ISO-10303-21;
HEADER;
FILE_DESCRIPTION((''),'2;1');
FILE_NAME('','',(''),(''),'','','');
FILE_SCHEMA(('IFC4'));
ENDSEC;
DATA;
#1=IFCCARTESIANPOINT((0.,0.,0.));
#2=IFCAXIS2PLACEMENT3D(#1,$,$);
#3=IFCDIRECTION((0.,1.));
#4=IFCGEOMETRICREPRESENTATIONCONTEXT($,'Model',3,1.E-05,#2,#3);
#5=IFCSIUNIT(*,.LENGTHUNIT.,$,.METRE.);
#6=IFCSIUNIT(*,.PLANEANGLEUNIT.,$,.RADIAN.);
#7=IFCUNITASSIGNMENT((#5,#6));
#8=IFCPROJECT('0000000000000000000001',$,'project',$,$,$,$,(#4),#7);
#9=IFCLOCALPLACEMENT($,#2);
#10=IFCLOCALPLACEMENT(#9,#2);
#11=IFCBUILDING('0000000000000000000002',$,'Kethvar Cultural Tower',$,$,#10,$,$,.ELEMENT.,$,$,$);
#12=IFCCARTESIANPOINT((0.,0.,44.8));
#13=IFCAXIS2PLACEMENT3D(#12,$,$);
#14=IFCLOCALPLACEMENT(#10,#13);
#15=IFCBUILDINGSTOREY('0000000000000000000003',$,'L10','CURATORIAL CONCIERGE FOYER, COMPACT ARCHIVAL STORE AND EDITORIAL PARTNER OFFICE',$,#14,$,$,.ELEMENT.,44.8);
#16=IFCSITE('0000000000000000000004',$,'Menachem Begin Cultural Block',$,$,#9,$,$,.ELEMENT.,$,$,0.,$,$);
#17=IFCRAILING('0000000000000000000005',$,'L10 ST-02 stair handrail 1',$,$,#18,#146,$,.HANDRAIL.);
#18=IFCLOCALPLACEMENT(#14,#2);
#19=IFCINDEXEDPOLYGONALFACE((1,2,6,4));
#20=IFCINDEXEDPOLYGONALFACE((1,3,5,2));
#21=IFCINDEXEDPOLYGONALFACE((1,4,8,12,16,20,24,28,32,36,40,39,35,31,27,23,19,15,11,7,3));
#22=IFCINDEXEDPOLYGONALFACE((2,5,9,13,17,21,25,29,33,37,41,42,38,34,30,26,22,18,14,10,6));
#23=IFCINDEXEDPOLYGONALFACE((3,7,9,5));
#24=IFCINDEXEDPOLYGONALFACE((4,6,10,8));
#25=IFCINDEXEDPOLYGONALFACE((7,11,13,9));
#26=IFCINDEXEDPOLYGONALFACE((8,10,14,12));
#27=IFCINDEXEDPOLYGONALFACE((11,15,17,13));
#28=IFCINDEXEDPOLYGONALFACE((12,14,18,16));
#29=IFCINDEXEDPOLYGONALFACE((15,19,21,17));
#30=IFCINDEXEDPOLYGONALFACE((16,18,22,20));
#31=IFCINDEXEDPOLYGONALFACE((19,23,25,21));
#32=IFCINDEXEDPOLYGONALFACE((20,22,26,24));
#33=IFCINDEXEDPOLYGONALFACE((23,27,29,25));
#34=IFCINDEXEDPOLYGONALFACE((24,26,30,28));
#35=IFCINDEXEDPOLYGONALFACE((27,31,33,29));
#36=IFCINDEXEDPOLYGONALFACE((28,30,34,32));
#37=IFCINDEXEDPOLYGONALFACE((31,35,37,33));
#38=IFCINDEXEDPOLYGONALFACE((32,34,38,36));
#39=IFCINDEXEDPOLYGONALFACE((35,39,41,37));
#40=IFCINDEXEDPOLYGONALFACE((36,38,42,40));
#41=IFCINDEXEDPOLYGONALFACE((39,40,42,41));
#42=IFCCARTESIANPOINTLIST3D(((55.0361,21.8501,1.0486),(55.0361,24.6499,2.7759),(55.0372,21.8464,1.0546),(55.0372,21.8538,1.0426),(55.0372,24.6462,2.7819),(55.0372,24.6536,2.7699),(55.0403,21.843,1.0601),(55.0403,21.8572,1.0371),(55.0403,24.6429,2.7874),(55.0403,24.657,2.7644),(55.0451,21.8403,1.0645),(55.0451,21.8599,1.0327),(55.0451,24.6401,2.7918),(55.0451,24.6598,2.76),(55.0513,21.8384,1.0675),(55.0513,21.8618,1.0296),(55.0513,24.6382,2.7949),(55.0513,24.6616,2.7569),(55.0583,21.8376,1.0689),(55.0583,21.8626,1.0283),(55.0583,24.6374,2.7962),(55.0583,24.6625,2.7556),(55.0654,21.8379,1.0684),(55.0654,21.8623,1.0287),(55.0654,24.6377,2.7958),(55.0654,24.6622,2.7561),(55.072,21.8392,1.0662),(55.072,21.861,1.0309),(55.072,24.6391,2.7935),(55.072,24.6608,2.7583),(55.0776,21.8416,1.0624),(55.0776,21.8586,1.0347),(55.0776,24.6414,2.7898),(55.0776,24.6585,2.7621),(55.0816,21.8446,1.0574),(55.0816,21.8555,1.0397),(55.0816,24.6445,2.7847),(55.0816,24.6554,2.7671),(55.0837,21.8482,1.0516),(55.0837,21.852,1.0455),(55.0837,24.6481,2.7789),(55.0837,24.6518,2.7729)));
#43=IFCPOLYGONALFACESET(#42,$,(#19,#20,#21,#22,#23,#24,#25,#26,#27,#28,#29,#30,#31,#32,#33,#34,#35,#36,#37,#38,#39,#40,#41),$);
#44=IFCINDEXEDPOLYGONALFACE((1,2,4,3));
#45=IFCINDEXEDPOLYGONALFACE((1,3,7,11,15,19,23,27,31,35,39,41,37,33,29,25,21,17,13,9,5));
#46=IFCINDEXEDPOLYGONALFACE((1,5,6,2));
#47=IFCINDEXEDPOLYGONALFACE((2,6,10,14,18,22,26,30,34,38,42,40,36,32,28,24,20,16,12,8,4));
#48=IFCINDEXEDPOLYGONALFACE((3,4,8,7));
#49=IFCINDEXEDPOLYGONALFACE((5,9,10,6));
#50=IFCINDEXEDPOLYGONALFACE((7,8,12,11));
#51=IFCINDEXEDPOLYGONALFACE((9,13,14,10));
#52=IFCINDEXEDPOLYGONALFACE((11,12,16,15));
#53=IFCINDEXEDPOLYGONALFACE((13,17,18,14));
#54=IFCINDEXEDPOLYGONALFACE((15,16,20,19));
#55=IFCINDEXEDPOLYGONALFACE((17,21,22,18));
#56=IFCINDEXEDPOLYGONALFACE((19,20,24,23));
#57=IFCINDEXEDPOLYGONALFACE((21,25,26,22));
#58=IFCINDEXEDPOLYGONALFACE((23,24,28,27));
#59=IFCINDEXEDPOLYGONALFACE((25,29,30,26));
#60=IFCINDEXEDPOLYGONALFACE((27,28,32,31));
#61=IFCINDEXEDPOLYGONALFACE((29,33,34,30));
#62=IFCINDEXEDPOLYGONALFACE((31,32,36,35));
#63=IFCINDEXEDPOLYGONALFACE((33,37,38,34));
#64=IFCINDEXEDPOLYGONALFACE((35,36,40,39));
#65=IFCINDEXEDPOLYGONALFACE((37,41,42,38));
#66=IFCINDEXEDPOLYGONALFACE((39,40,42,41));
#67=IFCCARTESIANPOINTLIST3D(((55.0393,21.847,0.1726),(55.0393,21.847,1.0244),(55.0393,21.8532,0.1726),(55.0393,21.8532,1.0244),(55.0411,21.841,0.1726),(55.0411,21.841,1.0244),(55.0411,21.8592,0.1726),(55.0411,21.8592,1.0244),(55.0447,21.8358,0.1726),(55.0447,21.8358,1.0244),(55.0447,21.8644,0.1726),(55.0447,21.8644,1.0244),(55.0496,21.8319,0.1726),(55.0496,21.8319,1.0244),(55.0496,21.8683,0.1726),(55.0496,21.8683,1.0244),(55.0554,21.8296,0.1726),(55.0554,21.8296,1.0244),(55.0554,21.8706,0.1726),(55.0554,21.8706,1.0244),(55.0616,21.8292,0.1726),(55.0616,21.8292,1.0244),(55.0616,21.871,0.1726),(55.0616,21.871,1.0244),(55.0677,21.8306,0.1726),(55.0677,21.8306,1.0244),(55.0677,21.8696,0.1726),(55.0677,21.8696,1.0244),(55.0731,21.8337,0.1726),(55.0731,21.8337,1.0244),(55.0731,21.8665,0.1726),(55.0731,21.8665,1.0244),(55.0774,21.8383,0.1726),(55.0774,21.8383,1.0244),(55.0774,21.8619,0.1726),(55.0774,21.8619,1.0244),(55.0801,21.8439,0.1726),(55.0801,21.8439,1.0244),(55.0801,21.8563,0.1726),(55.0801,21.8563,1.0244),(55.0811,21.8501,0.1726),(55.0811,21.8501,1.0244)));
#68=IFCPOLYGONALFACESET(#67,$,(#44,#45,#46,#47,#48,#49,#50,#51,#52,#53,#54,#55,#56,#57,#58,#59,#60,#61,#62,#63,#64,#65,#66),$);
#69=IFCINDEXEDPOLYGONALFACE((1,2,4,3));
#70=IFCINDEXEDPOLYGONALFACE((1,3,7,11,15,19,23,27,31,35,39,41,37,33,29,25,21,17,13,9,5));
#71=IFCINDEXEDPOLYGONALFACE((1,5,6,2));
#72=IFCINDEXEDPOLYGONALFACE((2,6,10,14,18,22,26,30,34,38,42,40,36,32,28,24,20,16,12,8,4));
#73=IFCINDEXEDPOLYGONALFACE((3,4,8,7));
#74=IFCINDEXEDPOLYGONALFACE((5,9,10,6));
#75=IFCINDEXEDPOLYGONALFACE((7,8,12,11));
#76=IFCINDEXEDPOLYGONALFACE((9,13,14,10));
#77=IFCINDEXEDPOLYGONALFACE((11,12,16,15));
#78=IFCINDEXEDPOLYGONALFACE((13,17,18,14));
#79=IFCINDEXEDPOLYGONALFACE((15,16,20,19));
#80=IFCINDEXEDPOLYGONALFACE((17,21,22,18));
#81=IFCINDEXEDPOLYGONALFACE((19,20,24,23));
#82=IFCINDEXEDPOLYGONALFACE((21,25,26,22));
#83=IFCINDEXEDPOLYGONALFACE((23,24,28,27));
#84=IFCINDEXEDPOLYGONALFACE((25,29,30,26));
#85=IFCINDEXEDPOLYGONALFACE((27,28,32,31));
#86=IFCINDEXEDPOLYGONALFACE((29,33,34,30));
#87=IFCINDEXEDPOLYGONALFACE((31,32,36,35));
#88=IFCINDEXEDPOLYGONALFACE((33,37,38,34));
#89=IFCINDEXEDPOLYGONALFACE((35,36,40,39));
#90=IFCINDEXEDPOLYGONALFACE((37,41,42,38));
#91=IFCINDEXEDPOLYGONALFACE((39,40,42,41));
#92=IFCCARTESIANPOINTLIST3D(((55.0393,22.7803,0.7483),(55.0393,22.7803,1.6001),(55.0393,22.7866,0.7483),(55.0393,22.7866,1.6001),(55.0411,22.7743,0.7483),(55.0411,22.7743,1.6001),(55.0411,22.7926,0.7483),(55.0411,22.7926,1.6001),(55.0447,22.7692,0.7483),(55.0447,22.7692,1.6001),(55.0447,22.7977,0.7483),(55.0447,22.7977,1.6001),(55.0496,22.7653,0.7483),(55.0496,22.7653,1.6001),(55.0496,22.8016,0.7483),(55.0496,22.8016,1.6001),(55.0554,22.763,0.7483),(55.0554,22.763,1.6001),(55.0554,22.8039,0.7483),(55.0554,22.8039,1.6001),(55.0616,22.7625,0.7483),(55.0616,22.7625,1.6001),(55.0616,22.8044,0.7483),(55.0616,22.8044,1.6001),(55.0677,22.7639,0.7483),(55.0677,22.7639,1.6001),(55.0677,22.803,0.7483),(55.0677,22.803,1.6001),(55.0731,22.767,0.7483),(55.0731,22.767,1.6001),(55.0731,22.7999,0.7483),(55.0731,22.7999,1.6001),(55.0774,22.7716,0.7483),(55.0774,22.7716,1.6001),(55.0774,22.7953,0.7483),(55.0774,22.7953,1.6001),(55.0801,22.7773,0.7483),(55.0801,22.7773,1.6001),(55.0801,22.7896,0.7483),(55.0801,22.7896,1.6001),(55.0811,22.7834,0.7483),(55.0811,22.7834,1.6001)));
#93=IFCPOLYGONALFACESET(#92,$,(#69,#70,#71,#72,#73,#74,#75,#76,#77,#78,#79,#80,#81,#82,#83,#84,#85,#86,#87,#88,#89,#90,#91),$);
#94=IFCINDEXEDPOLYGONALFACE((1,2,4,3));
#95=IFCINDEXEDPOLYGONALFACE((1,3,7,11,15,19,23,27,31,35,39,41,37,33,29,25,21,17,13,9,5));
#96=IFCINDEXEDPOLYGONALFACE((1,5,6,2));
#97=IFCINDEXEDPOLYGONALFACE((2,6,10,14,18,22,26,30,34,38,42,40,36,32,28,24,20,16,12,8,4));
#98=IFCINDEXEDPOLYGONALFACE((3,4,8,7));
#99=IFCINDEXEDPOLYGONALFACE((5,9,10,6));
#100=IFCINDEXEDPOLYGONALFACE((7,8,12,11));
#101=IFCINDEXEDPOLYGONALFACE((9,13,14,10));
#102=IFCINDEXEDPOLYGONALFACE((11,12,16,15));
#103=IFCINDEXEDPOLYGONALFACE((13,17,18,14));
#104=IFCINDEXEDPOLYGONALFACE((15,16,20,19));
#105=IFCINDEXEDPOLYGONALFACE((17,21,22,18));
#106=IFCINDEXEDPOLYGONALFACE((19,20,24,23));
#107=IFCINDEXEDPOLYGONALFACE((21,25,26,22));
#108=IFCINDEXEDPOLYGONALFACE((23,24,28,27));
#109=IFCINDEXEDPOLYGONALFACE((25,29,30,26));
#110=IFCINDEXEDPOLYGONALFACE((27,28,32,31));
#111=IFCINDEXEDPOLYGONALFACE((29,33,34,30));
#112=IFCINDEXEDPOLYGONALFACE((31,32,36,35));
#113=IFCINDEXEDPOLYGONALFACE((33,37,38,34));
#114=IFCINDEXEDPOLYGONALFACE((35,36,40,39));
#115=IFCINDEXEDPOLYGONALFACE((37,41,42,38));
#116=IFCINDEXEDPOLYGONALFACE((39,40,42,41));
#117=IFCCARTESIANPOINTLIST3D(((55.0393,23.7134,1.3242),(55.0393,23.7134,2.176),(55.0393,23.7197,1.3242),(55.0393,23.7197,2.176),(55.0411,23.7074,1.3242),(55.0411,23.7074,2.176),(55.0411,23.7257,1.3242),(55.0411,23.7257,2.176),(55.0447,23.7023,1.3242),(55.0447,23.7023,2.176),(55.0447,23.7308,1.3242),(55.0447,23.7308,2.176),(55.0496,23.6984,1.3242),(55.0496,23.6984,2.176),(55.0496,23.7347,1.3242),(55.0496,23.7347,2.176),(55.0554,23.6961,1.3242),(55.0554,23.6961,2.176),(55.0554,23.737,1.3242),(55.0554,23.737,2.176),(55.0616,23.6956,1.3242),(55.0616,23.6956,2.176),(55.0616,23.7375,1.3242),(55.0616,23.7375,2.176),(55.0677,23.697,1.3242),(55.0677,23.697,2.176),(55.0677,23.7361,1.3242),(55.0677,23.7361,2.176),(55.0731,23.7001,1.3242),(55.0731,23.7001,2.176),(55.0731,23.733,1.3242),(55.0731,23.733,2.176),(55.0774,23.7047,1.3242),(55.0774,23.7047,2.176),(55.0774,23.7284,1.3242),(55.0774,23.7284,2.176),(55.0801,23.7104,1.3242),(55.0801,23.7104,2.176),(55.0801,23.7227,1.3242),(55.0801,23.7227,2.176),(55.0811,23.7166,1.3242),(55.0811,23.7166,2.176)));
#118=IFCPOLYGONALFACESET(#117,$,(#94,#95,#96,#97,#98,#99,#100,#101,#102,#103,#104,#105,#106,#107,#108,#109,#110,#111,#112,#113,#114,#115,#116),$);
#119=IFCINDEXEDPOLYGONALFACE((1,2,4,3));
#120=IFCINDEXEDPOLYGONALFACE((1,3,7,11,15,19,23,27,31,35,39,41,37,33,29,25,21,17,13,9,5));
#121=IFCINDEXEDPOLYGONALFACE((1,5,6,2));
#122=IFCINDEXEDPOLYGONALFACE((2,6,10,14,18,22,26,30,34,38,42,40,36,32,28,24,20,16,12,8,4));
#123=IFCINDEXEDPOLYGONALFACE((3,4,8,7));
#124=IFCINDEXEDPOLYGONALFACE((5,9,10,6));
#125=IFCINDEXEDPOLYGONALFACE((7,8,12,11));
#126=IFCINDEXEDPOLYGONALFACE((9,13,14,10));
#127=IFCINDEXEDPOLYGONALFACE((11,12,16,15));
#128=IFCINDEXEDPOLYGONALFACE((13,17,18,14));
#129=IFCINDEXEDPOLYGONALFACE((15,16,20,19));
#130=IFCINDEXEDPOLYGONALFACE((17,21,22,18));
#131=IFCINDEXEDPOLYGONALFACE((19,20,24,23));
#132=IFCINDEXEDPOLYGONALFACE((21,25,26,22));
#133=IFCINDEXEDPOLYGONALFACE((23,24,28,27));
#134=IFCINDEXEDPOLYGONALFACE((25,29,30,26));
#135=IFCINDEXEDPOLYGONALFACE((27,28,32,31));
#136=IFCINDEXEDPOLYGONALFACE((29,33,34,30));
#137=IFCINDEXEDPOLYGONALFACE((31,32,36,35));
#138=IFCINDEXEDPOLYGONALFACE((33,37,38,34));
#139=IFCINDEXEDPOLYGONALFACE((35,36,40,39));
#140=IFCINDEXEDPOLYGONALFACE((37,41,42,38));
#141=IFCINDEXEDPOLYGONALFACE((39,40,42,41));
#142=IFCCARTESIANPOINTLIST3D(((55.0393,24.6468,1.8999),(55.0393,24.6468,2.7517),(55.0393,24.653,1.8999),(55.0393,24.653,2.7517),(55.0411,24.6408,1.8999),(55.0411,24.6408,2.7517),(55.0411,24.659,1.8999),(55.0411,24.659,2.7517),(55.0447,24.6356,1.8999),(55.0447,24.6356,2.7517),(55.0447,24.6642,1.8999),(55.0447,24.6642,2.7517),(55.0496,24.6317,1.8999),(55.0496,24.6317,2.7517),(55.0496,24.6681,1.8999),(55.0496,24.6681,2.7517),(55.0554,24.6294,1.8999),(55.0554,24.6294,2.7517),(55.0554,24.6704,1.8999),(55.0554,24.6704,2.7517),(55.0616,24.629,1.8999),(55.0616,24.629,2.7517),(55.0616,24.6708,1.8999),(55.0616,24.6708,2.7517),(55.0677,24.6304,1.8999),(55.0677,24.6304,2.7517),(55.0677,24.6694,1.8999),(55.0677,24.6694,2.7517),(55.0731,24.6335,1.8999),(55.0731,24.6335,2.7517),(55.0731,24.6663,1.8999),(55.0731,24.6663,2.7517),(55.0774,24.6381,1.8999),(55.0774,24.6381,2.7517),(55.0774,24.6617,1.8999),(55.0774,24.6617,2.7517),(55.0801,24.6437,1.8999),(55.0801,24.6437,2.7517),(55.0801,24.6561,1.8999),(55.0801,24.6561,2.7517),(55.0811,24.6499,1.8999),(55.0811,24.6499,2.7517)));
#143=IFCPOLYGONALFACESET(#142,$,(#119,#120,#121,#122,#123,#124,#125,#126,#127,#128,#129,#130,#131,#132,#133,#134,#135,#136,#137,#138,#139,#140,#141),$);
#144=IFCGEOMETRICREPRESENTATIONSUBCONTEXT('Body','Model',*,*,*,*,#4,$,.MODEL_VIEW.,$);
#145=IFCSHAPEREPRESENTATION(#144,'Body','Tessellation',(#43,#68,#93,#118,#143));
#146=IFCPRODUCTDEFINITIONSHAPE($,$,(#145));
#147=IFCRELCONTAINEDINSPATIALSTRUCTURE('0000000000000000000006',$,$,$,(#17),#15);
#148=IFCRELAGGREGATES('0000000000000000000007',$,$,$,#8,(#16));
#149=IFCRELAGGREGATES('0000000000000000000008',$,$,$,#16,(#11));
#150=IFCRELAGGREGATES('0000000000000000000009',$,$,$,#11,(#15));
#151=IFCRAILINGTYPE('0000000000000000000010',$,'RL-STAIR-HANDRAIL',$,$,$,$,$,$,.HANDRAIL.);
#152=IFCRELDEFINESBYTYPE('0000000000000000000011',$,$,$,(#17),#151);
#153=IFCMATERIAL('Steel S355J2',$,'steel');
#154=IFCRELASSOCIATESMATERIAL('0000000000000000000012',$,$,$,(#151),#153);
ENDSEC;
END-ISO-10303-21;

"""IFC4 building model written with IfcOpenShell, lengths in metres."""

from ifc_helpers import new_model, si_unit, direction, frame, origin, origin_2d, place, context, subcontext, project, spatial, circle, extrude, material, type_object, element, save


model = new_model("IFC4")

# Units and contexts
model_context = context("Model", 3, precision=1e-05, world=origin(), true_north=direction((0.0, 1.0)))
body_context = subcontext(model_context, "Body", "Model", "MODEL_VIEW")
ifc_project = project(units=[si_unit("LENGTHUNIT", "METRE"), si_unit("PLANEANGLEUNIT", "RADIAN")], contexts=[model_context])

# Site, building, storey
site_placement = place(None, origin())
site = spatial("IfcSite", under=ifc_project, at=site_placement, Name="Menachem Begin Cultural Block", CompositionType="ELEMENT", RefElevation=0.0)
building_placement = place(site_placement, origin())
building = spatial("IfcBuilding", under=site, at=building_placement, Name="Kethvar Cultural Tower", CompositionType="ELEMENT")
storey_placement = place(building_placement, frame((0.0, 0.0, 44.8)))
storey = spatial("IfcBuildingStorey", under=building, at=storey_placement, Name="L10", Description="CURATORIAL CONCIERGE FOYER, COMPACT ARCHIVAL STORE AND EDITORIAL PARTNER OFFICE", CompositionType="ELEMENT", Elevation=44.8)

# Shared definitions
ifc_material_1 = material(Name="Steel S355J2", Category="steel")

# Railing
railing_type_1 = type_object("IfcRailingType", Name="RL-STAIR-HANDRAIL", PredefinedType="HANDRAIL", material=ifc_material_1)
railing_1_placement = place(storey_placement, frame((55.0601, 21.8501, 0.1726)))
element("IfcRailing", 1, at=railing_1_placement, inside=storey, type_object=railing_type_1, Name="L10 ST-02 stair handrail 1", PredefinedType="HANDRAIL", context=body_context, shape_type="SweptSolid", body=[
    extrude(circle(Radius=0.0239, at=origin_2d()), frame((0.0, 0.0, 0.876), z_axis=(0.0, 0.851069, 0.525054), x_axis=(-1.0, 0.0, 0.0)), (0.0, 0.0, 1.0), 3.2898),
    extrude(circle(Radius=0.021, at=origin_2d()), origin(), (0.0, 0.0, 1.0), 0.8518),
    extrude(circle(Radius=0.021, at=origin_2d()), frame((0.0, 0.9333, 0.5757)), (0.0, 0.0, 1.0), 0.8518),
    extrude(circle(Radius=0.021, at=origin_2d()), frame((0.0, 1.8665, 1.1516)), (0.0, 0.0, 1.0), 0.8518),
    extrude(circle(Radius=0.021, at=origin_2d()), frame((0.0, 2.7998, 1.7273)), (0.0, 0.0, 1.0), 0.8518),
])

save(model, "model.ifc")
